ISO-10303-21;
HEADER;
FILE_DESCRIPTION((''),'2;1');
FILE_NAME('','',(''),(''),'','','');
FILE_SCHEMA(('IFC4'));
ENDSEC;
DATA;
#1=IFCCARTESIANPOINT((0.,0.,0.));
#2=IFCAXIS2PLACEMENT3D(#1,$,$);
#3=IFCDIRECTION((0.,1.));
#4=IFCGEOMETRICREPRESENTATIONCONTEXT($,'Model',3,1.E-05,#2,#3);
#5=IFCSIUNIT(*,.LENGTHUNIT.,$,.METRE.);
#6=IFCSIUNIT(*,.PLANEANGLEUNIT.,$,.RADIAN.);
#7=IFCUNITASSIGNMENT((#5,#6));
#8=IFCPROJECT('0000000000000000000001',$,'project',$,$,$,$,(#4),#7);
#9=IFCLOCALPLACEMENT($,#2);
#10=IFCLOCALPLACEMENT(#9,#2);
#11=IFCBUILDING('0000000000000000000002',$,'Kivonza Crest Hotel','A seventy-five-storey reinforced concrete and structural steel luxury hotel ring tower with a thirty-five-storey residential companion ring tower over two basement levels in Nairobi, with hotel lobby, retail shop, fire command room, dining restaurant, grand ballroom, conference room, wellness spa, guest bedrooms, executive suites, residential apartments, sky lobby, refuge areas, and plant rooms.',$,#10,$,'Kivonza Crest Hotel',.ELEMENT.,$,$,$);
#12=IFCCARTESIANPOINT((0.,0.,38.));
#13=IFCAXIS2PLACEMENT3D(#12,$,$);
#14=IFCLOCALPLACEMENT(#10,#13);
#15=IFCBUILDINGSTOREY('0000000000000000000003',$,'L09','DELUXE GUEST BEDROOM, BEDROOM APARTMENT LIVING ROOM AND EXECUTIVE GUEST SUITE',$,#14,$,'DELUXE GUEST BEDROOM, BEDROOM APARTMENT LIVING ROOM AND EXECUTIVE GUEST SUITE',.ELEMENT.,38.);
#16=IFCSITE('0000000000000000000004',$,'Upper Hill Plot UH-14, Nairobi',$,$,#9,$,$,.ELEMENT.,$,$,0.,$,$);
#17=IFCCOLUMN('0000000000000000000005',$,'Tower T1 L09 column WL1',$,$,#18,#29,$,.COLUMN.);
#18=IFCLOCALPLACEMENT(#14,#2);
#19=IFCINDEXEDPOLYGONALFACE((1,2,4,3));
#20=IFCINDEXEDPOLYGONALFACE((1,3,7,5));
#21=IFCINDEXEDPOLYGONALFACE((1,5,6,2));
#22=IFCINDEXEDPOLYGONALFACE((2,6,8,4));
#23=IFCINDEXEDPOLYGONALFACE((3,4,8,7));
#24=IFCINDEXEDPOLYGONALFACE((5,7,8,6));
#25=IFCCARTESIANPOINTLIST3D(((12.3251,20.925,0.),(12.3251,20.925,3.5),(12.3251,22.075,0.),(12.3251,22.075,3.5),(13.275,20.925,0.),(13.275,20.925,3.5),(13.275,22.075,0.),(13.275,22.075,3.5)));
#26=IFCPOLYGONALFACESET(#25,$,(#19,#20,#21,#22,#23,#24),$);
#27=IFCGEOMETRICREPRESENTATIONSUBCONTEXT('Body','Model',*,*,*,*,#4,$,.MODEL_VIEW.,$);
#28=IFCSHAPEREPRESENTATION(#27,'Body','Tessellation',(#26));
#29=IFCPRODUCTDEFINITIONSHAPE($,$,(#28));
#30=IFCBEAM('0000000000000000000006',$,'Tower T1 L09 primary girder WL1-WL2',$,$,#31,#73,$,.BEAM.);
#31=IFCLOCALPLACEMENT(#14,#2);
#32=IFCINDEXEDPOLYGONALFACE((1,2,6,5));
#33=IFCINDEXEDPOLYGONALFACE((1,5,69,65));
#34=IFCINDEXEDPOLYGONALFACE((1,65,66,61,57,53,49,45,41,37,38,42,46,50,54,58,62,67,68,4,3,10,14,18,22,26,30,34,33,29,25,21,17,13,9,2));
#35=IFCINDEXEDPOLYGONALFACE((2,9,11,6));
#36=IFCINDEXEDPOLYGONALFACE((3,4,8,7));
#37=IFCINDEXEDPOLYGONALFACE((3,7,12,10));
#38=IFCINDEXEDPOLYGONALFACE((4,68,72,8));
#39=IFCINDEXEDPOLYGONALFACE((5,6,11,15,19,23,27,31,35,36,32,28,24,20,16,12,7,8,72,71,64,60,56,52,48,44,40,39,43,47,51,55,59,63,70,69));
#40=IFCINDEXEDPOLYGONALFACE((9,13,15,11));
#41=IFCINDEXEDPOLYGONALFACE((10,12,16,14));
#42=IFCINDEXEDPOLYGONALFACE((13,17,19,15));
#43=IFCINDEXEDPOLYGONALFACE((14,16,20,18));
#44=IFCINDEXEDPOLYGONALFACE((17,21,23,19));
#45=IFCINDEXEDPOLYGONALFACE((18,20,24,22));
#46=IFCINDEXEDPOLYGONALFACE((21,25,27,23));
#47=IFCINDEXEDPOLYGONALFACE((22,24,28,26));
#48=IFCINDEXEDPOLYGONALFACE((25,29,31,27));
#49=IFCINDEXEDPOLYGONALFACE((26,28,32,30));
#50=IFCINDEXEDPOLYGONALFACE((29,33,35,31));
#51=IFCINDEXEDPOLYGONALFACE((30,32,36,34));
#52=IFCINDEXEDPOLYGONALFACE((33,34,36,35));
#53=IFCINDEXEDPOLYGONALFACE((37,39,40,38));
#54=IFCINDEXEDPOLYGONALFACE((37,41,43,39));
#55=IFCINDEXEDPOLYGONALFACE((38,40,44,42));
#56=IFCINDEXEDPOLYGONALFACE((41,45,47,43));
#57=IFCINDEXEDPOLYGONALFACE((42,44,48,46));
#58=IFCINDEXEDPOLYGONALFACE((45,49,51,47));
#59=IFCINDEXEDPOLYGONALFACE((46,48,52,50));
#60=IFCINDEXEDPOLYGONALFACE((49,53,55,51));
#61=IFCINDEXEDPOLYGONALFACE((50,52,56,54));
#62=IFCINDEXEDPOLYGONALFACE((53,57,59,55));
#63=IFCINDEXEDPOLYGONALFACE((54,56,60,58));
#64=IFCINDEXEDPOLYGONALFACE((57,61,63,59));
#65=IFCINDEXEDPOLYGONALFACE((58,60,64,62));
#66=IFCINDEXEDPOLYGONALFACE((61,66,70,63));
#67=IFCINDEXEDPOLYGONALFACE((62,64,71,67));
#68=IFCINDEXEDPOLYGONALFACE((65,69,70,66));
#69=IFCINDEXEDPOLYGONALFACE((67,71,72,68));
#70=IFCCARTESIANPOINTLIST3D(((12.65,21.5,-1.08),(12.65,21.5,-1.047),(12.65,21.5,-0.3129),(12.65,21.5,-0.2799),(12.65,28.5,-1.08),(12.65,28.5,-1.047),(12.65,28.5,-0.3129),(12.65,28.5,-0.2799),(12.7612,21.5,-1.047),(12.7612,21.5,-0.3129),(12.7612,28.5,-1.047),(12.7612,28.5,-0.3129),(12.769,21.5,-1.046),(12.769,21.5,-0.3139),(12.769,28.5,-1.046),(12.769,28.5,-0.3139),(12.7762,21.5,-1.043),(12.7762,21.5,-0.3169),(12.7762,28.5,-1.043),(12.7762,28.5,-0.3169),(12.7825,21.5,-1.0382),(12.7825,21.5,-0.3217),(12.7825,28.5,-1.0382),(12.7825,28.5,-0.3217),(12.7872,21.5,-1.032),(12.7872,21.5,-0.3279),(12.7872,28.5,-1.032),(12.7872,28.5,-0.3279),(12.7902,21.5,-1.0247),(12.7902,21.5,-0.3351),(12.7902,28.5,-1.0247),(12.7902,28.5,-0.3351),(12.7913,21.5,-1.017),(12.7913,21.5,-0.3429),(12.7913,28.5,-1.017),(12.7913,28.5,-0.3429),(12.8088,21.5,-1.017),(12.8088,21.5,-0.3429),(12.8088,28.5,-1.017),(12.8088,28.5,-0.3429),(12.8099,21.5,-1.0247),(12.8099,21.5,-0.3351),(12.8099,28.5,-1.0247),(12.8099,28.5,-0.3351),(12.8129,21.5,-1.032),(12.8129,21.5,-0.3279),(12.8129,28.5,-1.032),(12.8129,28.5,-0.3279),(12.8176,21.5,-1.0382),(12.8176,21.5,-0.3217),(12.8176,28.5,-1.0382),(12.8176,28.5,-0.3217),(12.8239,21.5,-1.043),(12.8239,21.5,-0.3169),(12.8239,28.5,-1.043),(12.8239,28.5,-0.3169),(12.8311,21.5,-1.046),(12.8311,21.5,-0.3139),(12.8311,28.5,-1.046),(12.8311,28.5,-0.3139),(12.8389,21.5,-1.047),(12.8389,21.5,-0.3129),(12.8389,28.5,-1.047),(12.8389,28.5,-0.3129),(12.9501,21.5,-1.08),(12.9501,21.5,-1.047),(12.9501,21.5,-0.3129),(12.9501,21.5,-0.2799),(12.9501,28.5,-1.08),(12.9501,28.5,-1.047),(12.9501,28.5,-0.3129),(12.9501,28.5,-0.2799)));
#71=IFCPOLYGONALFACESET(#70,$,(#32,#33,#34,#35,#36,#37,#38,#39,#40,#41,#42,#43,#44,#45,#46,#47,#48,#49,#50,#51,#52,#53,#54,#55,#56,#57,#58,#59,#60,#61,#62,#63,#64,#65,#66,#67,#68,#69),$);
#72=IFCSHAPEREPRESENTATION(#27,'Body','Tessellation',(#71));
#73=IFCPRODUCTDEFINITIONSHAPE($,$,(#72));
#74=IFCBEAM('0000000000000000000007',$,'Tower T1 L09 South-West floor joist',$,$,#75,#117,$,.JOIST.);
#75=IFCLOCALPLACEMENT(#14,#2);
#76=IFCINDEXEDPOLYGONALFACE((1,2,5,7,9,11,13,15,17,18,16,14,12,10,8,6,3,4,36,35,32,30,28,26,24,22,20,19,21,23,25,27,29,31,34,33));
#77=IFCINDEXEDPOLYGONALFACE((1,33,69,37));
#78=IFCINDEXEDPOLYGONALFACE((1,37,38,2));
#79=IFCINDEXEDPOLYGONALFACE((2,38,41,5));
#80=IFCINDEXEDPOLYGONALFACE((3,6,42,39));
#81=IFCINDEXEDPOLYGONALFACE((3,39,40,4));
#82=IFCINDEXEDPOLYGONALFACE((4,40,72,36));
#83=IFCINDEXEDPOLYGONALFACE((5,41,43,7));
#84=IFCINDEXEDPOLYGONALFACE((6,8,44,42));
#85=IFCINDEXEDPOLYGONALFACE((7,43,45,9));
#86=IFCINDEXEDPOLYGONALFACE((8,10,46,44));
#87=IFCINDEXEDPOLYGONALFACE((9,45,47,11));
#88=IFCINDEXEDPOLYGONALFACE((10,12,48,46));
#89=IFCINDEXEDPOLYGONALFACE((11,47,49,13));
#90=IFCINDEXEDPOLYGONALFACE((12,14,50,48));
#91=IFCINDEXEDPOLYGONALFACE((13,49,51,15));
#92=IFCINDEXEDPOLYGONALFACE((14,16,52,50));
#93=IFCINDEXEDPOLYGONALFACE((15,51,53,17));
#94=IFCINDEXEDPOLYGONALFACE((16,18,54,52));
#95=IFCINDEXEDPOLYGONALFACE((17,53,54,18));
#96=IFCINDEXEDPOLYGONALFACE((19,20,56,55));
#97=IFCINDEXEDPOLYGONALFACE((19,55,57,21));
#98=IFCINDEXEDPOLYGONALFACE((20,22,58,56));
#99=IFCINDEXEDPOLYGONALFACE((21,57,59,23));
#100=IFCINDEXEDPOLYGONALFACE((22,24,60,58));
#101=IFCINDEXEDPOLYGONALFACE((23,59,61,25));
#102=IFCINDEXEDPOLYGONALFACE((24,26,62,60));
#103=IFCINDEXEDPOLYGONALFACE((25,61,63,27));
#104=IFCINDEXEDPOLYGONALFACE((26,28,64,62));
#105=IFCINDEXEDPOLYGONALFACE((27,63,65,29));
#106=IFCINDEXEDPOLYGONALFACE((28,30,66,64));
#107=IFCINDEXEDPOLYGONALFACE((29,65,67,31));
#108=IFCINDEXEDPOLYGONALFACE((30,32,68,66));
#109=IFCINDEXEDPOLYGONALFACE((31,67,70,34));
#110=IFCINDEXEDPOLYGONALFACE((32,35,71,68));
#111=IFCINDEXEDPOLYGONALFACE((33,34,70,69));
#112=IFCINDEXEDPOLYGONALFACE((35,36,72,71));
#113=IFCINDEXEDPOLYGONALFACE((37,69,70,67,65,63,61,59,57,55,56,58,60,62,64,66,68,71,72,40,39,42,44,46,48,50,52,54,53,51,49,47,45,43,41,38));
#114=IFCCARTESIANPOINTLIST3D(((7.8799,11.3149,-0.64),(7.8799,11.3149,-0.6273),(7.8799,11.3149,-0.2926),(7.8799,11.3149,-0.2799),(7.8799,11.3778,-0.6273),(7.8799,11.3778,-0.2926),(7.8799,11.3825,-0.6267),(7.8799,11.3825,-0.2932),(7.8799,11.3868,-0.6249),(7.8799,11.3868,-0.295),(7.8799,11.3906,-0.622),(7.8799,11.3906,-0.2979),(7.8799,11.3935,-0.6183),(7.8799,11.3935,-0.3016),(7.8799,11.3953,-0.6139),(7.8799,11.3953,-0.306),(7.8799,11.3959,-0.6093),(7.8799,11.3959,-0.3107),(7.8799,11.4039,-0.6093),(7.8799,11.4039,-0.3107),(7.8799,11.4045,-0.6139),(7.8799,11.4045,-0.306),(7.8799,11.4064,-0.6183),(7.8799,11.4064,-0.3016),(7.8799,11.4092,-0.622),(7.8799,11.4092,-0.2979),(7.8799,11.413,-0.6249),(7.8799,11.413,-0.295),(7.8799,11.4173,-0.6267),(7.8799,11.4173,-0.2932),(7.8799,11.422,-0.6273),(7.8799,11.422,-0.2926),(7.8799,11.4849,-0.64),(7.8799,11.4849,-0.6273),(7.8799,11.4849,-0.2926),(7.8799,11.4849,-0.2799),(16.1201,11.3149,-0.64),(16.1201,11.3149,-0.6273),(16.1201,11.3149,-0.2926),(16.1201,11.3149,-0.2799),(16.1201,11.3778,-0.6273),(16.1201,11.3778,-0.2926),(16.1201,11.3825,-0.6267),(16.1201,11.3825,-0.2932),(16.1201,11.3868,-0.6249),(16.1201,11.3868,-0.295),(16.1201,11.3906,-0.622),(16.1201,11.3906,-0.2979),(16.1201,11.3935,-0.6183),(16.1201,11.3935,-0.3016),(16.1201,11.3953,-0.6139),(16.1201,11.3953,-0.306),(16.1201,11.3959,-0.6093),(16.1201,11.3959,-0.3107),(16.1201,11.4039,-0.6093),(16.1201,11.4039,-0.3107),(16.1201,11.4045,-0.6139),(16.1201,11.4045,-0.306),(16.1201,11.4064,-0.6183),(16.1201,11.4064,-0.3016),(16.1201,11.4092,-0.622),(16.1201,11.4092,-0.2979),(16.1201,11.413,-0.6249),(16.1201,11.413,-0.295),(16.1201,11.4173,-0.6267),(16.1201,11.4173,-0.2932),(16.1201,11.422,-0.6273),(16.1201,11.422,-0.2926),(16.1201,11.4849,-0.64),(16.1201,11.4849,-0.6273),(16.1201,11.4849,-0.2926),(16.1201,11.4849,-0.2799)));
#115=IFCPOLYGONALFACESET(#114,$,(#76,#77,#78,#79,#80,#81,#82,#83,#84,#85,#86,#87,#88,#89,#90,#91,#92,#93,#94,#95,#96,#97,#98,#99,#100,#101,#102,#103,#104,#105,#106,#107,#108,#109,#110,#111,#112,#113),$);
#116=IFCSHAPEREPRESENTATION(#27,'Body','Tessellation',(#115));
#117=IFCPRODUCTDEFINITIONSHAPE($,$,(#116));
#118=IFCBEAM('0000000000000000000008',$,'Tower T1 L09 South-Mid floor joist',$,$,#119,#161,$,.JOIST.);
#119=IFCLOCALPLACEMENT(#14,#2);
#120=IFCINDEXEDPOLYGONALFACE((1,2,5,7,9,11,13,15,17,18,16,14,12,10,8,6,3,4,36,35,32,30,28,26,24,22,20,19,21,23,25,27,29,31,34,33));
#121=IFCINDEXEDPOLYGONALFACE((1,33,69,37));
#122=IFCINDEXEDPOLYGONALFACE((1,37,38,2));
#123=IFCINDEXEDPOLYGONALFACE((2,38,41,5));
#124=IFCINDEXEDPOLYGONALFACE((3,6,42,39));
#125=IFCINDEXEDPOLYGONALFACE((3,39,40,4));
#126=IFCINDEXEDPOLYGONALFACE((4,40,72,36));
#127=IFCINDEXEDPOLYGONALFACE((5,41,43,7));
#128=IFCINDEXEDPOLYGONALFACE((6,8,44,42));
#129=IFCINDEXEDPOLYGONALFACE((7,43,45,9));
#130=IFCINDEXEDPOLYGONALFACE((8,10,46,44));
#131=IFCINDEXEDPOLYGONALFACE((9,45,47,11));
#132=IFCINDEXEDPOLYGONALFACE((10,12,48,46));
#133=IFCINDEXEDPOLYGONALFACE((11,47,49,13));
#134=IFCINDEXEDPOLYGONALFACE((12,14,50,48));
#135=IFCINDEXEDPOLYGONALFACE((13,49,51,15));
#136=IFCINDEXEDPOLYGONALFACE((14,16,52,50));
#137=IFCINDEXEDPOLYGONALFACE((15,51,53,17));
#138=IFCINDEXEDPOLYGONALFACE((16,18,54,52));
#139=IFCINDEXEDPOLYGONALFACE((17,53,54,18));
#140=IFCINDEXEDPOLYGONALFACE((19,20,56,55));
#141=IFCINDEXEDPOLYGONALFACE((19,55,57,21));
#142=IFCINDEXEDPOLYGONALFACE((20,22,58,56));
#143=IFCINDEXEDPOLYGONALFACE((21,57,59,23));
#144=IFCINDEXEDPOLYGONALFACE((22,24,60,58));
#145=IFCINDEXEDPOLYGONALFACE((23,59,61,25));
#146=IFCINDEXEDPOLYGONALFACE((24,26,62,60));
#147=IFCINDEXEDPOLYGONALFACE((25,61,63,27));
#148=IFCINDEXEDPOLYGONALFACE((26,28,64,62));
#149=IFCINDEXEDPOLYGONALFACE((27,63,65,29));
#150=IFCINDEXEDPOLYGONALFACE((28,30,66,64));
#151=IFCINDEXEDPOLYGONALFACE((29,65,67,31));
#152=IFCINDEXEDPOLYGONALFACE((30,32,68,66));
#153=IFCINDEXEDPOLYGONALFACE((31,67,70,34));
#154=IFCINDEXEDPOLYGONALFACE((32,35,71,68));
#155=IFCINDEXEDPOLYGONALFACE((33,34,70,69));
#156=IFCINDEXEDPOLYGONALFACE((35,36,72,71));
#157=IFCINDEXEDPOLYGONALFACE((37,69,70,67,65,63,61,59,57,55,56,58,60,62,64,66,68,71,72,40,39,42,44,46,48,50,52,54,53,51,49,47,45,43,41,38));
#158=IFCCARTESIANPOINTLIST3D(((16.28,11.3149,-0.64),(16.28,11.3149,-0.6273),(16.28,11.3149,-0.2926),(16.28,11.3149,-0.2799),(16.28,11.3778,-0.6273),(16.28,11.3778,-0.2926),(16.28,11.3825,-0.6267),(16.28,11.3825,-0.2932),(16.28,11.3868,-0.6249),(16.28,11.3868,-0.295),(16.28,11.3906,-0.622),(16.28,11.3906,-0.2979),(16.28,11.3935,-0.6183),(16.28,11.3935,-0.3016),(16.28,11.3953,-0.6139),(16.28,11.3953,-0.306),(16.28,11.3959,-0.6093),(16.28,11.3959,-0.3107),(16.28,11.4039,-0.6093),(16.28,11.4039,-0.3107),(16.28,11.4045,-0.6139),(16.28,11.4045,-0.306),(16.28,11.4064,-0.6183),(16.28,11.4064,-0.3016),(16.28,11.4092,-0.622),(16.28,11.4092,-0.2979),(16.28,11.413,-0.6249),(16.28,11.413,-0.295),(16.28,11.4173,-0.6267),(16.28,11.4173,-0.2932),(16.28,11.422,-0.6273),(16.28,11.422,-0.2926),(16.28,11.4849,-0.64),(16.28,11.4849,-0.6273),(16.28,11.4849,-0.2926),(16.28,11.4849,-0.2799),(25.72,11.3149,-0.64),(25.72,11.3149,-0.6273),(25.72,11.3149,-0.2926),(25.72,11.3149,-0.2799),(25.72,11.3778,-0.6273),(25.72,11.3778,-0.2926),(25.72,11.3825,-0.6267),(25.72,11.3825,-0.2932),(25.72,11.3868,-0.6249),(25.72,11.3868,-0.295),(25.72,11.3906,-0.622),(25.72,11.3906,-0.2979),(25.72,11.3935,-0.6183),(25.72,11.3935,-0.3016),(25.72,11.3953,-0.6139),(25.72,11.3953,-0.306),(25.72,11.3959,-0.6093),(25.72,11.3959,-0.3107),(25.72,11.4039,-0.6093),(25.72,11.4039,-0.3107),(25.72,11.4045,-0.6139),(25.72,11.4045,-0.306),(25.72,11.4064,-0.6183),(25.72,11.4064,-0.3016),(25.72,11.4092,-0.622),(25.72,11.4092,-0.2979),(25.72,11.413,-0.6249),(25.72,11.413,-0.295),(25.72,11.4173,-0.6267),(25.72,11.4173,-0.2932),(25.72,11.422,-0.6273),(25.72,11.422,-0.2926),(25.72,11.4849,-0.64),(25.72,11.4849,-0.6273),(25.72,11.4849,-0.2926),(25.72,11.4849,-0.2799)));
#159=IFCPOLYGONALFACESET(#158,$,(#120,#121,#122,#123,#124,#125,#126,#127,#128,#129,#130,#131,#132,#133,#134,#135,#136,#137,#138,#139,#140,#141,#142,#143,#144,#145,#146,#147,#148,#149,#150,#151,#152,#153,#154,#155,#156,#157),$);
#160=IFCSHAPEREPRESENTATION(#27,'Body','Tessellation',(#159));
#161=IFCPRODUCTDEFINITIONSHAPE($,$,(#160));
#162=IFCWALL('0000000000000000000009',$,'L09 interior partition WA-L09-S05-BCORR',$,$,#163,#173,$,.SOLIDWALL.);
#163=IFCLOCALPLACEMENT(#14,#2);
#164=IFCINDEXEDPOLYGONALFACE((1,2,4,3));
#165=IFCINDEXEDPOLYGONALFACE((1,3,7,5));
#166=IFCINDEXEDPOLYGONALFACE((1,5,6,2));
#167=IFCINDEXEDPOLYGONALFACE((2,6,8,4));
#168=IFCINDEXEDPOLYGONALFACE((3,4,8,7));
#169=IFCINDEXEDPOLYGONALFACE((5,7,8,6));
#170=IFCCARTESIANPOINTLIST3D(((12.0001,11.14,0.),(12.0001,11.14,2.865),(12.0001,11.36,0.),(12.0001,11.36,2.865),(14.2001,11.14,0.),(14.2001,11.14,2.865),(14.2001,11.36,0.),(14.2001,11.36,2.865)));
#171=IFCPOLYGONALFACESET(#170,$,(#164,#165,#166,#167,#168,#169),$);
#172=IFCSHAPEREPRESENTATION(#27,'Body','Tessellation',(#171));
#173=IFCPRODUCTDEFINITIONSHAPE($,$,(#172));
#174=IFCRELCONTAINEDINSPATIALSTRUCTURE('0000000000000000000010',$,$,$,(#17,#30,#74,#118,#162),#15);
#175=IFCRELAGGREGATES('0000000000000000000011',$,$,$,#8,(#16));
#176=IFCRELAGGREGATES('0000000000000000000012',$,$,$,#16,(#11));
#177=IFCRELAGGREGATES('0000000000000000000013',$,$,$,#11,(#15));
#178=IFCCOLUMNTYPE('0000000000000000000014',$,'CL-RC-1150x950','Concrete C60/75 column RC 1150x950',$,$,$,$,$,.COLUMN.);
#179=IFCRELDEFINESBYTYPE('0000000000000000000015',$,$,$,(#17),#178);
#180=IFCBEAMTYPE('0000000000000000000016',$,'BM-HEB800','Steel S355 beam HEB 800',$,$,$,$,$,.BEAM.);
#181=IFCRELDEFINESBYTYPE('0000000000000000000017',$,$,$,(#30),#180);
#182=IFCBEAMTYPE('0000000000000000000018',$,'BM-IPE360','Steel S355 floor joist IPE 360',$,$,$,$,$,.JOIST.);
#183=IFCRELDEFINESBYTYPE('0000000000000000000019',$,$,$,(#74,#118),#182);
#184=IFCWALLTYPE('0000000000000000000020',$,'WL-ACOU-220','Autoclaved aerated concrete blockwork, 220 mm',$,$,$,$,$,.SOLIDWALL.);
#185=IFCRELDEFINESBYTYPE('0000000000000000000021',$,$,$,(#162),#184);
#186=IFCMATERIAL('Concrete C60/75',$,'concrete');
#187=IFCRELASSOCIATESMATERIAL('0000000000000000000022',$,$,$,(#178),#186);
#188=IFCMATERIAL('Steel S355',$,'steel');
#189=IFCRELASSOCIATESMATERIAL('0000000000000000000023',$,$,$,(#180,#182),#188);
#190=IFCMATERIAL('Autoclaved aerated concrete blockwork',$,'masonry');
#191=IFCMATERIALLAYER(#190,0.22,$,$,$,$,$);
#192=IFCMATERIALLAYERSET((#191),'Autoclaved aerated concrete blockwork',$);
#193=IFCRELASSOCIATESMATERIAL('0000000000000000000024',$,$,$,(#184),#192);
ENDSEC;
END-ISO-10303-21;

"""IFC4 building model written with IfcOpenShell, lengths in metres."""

from ifc_helpers import new_model, si_unit, direction, frame, frame_2d, origin, origin_2d, place, context, subcontext, project, spatial, rectangle, i_section, extrude, material, layer, layer_set, material_profile, profile_set, type_object, element, save


model = new_model("IFC4")

# Units and contexts
model_context = context("Model", 3, precision=1e-05, world=origin(), true_north=direction((0.0, 1.0)))
body_context = subcontext(model_context, "Body", "Model", "MODEL_VIEW")
ifc_project = project(units=[si_unit("LENGTHUNIT", "METRE"), si_unit("PLANEANGLEUNIT", "RADIAN")], contexts=[model_context])

# Site, building, storey
site_placement = place(None, origin())
site = spatial("IfcSite", under=ifc_project, at=site_placement, Name="Upper Hill Plot UH-14, Nairobi", CompositionType="ELEMENT", RefElevation=0.0)
building_placement = place(site_placement, origin())
building = spatial("IfcBuilding", under=site, at=building_placement, Name="Kivonza Crest Hotel", Description="A seventy-five-storey reinforced concrete and structural steel luxury hotel ring tower with a thirty-five-storey residential companion ring tower over two basement levels in Nairobi, with hotel lobby, retail shop, fire command room, dining restaurant, grand ballroom, conference room, wellness spa, guest bedrooms, executive suites, residential apartments, sky lobby, refuge areas, and plant rooms.", LongName="Kivonza Crest Hotel", CompositionType="ELEMENT")
storey_placement = place(building_placement, frame((0.0, 0.0, 38.0)))
storey = spatial("IfcBuildingStorey", under=building, at=storey_placement, Name="L09", Description="DELUXE GUEST BEDROOM, BEDROOM APARTMENT LIVING ROOM AND EXECUTIVE GUEST SUITE", LongName="DELUXE GUEST BEDROOM, BEDROOM APARTMENT LIVING ROOM AND EXECUTIVE GUEST SUITE", CompositionType="ELEMENT", Elevation=38.0)

# Column
ifc_material_1 = material(Name="Concrete C60/75", Category="concrete")
ifc_material_profile_1 = material_profile(ifc_material_1, rectangle(XDim=0.95, YDim=1.1499, at=origin_2d()), Name="RC 1150x950")
ifc_profile_set_1 = profile_set([ifc_material_profile_1], Name="Concrete C60/75")
column_type = type_object("IfcColumnType", Name="CL-RC-1150x950", Description="Concrete C60/75 column RC 1150x950", PredefinedType="COLUMN", material=ifc_profile_set_1)
column_placement = place(storey_placement, frame((12.8, 21.5, 0.0), z_axis=(0.0, 0.0, 1.0), x_axis=(1.0, 0.0, 0.0)))
element("IfcColumn", 1, at=column_placement, inside=storey, type_object=column_type, Name="Tower T1 L09 column WL1", PredefinedType="COLUMN", context=body_context, shape_type="SweptSolid", body=[
    extrude(rectangle(XDim=0.95, YDim=1.1499, at=origin_2d()), origin(), (0.0, 0.0, 1.0), 3.5),
])

# Beams
ifc_material_2 = material(Name="Steel S355", Category="steel")
ifc_material_profile_2 = material_profile(ifc_material_2, i_section(OverallWidth=0.3, OverallDepth=0.8, WebThickness=0.0176, FlangeThickness=0.033, FilletRadius=0.03, at=origin_2d()), Name="HEB 800")
ifc_profile_set_2 = profile_set([ifc_material_profile_2], Name="Steel S355")
beam_type_1 = type_object("IfcBeamType", Name="BM-HEB800", Description="Steel S355 beam HEB 800", PredefinedType="BEAM", material=ifc_profile_set_2)
beam_1_placement = place(storey_placement, frame((12.8, 21.5, -0.6799), z_axis=(0.0, 1.0, 0.0), x_axis=(-1.0, 0.0, 0.0)))
element("IfcBeam", 2, at=beam_1_placement, inside=storey, type_object=beam_type_1, Name="Tower T1 L09 primary girder WL1-WL2", PredefinedType="BEAM", context=body_context, shape_type="SweptSolid", body=[
    extrude(i_section(OverallWidth=0.3, OverallDepth=0.8, WebThickness=0.0176, FlangeThickness=0.033, FilletRadius=0.03, at=origin_2d()), origin(), (0.0, 0.0, 1.0), 7.0),
])
ifc_material_profile_3 = material_profile(ifc_material_2, i_section(OverallWidth=0.1699, OverallDepth=0.3601, WebThickness=0.0081, FlangeThickness=0.0127, FilletRadius=0.0181, at=origin_2d()), Name="IPE 360")
ifc_profile_set_3 = profile_set([ifc_material_profile_3], Name="Steel S355")
beam_type_2 = type_object("IfcBeamType", Name="BM-IPE360", Description="Steel S355 floor joist IPE 360", PredefinedType="JOIST", material=ifc_profile_set_3)
beam_2_placement = place(storey_placement, frame((7.8799, 11.3999, -0.46), z_axis=(1.0, 0.0, 0.0), x_axis=(0.0, 1.0, 0.0)))
element("IfcBeam", 3, at=beam_2_placement, inside=storey, type_object=beam_type_2, Name="Tower T1 L09 South-West floor joist", PredefinedType="JOIST", context=body_context, shape_type="SweptSolid", body=[
    extrude(i_section(OverallWidth=0.1699, OverallDepth=0.3601, WebThickness=0.0081, FlangeThickness=0.0127, FilletRadius=0.0181, at=origin_2d()), origin(), (0.0, 0.0, 1.0), 8.2402),
])
beam_3_placement = place(storey_placement, frame((16.28, 11.3999, -0.46), z_axis=(1.0, 0.0, 0.0), x_axis=(0.0, 1.0, 0.0)))
element("IfcBeam", 4, at=beam_3_placement, inside=storey, type_object=beam_type_2, Name="Tower T1 L09 South-Mid floor joist", PredefinedType="JOIST", context=body_context, shape_type="SweptSolid", body=[
    extrude(i_section(OverallWidth=0.1699, OverallDepth=0.3601, WebThickness=0.0081, FlangeThickness=0.0127, FilletRadius=0.0181, at=origin_2d()), origin(), (0.0, 0.0, 1.0), 9.4399),
])

# Wall
ifc_material_3 = material(Name="Autoclaved aerated concrete blockwork", Category="masonry")
ifc_layer_1 = layer(ifc_material_3, 0.22)
ifc_layer_set_1 = layer_set([ifc_layer_1], Name="Autoclaved aerated concrete blockwork")
wall_type_1 = type_object("IfcWallType", Name="WL-ACOU-220", Description="Autoclaved aerated concrete blockwork, 220 mm", PredefinedType="SOLIDWALL", material=ifc_layer_set_1)
wall_1_placement = place(storey_placement, frame((12.0, 11.25, 0.0), z_axis=(0.0, 0.0, 1.0), x_axis=(1.0, 0.0, 0.0)))
element("IfcWall", 5, at=wall_1_placement, inside=storey, type_object=wall_type_1, Name="L09 interior partition WA-L09-S05-BCORR", PredefinedType="SOLIDWALL", context=body_context, shape_type="SweptSolid", body=[
    extrude(rectangle(XDim=2.2, YDim=0.22, at=frame_2d((1.1001, 0.0))), origin(), (0.0, 0.0, 1.0), 2.865),
])

save(model, "model.ifc")
